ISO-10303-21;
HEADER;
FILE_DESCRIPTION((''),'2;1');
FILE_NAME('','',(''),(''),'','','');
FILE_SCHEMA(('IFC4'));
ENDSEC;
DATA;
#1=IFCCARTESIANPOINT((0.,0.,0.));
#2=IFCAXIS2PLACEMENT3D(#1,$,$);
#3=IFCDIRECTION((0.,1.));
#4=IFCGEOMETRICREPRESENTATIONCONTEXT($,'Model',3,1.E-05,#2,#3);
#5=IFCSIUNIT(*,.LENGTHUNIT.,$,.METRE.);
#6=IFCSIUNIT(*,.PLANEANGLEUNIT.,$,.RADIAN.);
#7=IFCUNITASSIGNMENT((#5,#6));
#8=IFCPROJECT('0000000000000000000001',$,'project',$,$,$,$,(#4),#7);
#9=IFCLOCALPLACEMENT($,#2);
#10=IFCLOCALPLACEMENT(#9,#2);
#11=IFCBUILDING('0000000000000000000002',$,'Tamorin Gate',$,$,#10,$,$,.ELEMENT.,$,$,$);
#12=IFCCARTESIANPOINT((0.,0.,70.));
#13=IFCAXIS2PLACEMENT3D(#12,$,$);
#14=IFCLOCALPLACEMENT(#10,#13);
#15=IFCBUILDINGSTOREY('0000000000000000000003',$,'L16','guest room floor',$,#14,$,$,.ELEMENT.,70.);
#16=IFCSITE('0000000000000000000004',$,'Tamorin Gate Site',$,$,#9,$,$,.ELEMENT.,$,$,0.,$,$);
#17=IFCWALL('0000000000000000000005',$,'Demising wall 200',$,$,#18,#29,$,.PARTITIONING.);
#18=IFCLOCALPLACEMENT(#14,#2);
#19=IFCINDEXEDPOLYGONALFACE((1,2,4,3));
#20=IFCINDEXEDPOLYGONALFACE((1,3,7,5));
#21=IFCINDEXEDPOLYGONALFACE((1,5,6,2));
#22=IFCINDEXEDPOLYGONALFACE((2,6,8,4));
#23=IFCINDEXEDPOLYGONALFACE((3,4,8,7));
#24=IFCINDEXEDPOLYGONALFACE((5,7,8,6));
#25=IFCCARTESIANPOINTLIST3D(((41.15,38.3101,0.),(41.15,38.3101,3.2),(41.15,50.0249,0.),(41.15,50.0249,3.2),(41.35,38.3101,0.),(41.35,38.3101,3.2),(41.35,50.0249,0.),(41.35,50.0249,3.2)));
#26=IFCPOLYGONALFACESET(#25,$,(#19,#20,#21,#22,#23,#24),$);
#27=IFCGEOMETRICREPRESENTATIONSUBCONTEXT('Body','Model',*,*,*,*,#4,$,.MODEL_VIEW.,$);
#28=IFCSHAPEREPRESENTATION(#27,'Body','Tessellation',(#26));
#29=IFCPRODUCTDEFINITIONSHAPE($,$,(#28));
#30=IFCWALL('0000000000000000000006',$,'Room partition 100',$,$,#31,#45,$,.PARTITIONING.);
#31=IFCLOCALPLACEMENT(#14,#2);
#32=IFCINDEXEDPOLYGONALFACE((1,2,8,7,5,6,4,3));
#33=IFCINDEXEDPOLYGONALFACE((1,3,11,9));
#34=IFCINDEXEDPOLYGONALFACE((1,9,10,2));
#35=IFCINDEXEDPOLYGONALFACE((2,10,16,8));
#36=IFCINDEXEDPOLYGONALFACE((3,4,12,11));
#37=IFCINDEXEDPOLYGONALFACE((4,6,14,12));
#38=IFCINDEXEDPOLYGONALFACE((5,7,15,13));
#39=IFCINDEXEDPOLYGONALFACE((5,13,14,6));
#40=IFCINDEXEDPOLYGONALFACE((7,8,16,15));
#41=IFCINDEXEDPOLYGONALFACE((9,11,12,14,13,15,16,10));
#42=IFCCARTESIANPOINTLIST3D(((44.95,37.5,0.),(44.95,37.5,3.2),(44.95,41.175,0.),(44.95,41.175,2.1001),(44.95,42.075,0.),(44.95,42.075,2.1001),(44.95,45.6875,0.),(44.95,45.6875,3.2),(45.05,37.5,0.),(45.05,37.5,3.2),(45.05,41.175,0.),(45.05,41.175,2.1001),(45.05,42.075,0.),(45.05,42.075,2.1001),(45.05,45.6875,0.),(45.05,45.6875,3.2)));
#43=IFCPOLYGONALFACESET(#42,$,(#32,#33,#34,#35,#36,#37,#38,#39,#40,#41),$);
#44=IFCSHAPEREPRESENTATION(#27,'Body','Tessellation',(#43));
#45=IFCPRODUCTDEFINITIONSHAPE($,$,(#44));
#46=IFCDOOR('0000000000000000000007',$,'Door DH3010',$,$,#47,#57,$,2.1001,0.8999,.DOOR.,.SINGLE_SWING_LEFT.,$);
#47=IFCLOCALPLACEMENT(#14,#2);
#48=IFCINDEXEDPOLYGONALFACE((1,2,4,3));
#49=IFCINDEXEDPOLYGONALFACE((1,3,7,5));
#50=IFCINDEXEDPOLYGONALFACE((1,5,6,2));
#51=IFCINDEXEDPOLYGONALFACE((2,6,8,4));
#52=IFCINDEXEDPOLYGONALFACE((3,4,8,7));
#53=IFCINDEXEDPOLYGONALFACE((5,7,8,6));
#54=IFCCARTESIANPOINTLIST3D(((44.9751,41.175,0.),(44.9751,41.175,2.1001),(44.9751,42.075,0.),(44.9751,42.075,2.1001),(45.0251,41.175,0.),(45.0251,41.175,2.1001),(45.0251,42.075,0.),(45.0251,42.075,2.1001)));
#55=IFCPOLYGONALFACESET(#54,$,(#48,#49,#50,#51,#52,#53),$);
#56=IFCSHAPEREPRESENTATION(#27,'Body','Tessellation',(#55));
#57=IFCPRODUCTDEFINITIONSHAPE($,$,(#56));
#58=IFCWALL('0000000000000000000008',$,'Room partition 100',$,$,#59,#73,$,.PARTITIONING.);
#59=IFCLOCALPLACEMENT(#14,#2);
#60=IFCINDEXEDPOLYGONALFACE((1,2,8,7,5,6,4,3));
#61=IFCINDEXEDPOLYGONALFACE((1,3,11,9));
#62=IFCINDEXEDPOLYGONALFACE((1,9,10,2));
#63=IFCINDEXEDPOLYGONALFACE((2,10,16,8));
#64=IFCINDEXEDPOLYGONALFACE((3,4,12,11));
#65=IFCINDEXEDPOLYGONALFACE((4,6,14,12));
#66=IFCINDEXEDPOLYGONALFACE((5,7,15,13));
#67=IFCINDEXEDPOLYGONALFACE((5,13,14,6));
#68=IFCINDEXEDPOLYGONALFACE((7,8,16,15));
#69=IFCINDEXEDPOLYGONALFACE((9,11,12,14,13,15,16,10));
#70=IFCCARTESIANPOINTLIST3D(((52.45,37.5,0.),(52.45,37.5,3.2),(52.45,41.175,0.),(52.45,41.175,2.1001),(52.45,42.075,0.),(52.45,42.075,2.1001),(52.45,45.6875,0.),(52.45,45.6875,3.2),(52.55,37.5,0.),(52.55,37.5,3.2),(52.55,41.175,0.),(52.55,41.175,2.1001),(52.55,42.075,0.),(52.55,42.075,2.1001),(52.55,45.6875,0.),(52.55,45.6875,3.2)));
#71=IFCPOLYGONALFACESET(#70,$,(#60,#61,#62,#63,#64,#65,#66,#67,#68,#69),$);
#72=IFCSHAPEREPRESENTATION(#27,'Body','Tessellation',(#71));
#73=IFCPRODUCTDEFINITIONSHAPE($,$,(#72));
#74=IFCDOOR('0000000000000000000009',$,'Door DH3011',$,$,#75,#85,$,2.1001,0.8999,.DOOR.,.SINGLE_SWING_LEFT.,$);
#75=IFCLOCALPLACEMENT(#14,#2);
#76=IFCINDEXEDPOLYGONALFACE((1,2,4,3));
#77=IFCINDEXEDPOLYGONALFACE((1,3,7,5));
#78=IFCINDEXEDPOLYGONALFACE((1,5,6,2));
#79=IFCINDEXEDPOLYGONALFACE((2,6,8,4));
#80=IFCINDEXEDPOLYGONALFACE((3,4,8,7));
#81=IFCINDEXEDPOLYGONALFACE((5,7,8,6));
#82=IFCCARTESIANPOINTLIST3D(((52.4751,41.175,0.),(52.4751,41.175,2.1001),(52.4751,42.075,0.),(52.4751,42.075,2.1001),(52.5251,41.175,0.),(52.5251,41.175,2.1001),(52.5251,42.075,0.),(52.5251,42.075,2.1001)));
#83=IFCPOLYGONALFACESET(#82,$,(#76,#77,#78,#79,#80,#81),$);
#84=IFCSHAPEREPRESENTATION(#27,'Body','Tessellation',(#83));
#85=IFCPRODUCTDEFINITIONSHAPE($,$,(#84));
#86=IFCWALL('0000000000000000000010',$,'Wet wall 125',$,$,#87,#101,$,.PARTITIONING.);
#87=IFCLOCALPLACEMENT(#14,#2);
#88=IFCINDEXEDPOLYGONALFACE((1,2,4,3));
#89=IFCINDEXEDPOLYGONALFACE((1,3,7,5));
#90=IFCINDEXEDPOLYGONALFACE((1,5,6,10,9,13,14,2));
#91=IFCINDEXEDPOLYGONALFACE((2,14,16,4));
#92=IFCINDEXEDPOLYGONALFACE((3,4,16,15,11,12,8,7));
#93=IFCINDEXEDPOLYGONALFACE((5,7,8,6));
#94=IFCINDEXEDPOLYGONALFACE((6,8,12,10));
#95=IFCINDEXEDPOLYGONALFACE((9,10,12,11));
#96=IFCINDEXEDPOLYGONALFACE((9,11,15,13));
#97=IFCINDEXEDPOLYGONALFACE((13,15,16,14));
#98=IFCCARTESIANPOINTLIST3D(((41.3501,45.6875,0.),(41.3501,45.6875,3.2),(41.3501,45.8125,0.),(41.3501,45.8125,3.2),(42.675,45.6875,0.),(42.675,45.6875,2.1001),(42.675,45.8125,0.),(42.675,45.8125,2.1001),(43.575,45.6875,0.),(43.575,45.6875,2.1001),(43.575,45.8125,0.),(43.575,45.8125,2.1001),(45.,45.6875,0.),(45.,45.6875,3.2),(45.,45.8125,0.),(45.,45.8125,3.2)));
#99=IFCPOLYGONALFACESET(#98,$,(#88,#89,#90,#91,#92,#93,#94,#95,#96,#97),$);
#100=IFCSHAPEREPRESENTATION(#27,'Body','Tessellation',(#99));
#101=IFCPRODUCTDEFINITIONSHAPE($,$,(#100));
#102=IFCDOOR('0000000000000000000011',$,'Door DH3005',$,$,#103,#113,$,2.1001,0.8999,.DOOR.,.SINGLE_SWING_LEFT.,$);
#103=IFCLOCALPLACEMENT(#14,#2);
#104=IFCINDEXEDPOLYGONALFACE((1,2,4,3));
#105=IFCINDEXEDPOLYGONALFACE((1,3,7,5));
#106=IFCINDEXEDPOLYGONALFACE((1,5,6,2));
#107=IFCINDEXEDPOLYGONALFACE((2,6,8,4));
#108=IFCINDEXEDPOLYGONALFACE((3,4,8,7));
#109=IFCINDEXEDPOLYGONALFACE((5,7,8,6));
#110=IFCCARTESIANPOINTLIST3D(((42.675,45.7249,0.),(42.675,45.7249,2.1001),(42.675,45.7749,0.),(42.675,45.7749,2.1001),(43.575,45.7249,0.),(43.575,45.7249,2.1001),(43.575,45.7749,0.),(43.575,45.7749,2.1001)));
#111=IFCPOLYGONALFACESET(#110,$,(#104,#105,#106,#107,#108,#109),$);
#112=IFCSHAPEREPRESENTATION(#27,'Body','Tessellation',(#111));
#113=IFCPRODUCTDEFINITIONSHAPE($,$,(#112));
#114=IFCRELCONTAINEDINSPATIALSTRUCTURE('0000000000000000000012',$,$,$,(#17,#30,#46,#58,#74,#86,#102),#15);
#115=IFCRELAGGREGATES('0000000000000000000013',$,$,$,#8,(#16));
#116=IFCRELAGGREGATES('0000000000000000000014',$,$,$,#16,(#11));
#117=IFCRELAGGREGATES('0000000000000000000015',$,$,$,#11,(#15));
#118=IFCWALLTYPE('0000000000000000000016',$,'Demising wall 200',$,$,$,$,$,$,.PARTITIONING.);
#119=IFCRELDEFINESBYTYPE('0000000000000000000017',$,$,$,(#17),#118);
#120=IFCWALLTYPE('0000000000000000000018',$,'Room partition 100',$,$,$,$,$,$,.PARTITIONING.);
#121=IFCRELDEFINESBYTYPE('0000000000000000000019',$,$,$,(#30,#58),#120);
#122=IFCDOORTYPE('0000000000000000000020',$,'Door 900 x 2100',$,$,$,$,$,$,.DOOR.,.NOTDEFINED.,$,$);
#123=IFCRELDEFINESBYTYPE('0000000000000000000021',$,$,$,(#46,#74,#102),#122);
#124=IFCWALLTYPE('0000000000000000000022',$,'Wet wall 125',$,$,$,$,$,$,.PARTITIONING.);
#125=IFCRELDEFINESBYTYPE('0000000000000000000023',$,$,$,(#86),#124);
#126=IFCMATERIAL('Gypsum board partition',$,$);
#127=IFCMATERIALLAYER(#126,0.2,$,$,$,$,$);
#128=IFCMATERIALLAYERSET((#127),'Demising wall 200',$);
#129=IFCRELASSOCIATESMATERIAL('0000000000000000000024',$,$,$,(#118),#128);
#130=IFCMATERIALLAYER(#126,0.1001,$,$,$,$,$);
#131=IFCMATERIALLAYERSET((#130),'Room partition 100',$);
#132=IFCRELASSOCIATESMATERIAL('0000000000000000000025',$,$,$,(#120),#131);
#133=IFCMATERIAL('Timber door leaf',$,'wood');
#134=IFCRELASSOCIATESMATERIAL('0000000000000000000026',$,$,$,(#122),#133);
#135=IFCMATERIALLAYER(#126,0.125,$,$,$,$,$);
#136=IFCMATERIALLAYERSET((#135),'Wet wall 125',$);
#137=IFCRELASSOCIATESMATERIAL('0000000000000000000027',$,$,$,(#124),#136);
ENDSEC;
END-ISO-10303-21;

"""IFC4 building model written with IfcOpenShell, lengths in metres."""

from ifc_helpers import new_model, si_unit, direction, frame, frame_2d, origin, place, context, subcontext, project, spatial, rectangle, extrude, material, layer, layer_set, type_object, element, fill, save


model = new_model("IFC4")

# Units and contexts
model_context = context("Model", 3, precision=1e-05, world=origin(), true_north=direction((0.0, 1.0)))
body_context = subcontext(model_context, "Body", "Model", "MODEL_VIEW")
ifc_project = project(units=[si_unit("LENGTHUNIT", "METRE"), si_unit("PLANEANGLEUNIT", "RADIAN")], contexts=[model_context])

# Site, building, storey
site_placement = place(None, origin())
site = spatial("IfcSite", under=ifc_project, at=site_placement, Name="Tamorin Gate Site", CompositionType="ELEMENT", RefElevation=0.0)
building_placement = place(site_placement, origin())
building = spatial("IfcBuilding", under=site, at=building_placement, Name="Tamorin Gate", CompositionType="ELEMENT")
storey_placement = place(building_placement, frame((0.0, 0.0, 70.0)))
storey = spatial("IfcBuildingStorey", under=building, at=storey_placement, Name="L16", Description="guest room floor", CompositionType="ELEMENT", Elevation=70.0)

# Wall
ifc_material_1 = material(Name="Gypsum board partition")
ifc_layer_1 = layer(ifc_material_1, 0.2)
ifc_layer_set_1 = layer_set([ifc_layer_1], Name="Demising wall 200")
wall_type_1 = type_object("IfcWallType", Name="Demising wall 200", PredefinedType="PARTITIONING", material=ifc_layer_set_1)
wall_1_placement = place(storey_placement, frame((41.25, 38.3101, 0.0), z_axis=(0.0, 0.0, 1.0), x_axis=(0.0, 1.0, 0.0)))
element("IfcWall", 1, at=wall_1_placement, inside=storey, type_object=wall_type_1, Name="Demising wall 200", PredefinedType="PARTITIONING", context=body_context, shape_type="SweptSolid", body=[
    extrude(rectangle(XDim=11.7148, YDim=0.2, at=frame_2d((5.8574, 0.0))), origin(), (0.0, 0.0, 1.0), 3.2),
])

# Walls, openings, doors
ifc_layer_2 = layer(ifc_material_1, 0.1001)
ifc_layer_set_2 = layer_set([ifc_layer_2], Name="Room partition 100")
wall_type_2 = type_object("IfcWallType", Name="Room partition 100", PredefinedType="PARTITIONING", material=ifc_layer_set_2)
wall_2_placement = place(storey_placement, frame((45.0, 37.5, 0.0), z_axis=(0.0, 0.0, 1.0), x_axis=(0.0, 1.0, 0.0)))
wall_2 = element("IfcWall", 2, at=wall_2_placement, inside=storey, type_object=wall_type_2, Name="Room partition 100", PredefinedType="PARTITIONING", context=body_context, shape_type="SweptSolid", body=[
    extrude(rectangle(XDim=8.1875, YDim=0.1001, at=frame_2d((4.0938, 0.0))), origin(), (0.0, 0.0, 1.0), 3.2),
])
opening_1_placement = place(wall_2_placement, frame((3.675, 0.0, 0.0)))
opening_1 = element("IfcOpeningElement", 3, at=opening_1_placement, cuts=wall_2, PredefinedType="OPENING", context=body_context, shape_type="SweptSolid", body=[
    extrude(rectangle(XDim=0.8999, YDim=2.1001, at=frame_2d((0.45, 1.05))), frame((0.0, 0.0601, 0.0), z_axis=(0.0, -1.0, 0.0), x_axis=(1.0, 0.0, 0.0)), (0.0, 0.0, 1.0), 0.1201),
])
ifc_material_2 = material(Name="Timber door leaf", Category="wood")
door_type = type_object("IfcDoorType", Name="Door 900 x 2100", OperationType="NOTDEFINED", PredefinedType="DOOR", material=ifc_material_2)
door_1_placement = place(opening_1_placement, origin())
door_1 = element("IfcDoor", 4, at=door_1_placement, inside=storey, type_object=door_type, Name="Door DH3010", OperationType="SINGLE_SWING_LEFT", OverallHeight=2.1001, OverallWidth=0.8999, PredefinedType="DOOR", context=body_context, shape_type="SweptSolid", body=[
    extrude(rectangle(XDim=0.8999, YDim=2.1001, at=frame_2d((0.45, 1.05))), frame((0.0, 0.0249, 0.0), z_axis=(0.0, -1.0, 0.0), x_axis=(1.0, 0.0, 0.0)), (0.0, 0.0, 1.0), 0.05),
])
fill(opening_1, door_1)
wall_3_placement = place(storey_placement, frame((52.5, 37.5, 0.0), z_axis=(0.0, 0.0, 1.0), x_axis=(0.0, 1.0, 0.0)))
wall_3 = element("IfcWall", 5, at=wall_3_placement, inside=storey, type_object=wall_type_2, Name="Room partition 100", PredefinedType="PARTITIONING", context=body_context, shape_type="SweptSolid", body=[
    extrude(rectangle(XDim=8.1875, YDim=0.1001, at=frame_2d((4.0938, 0.0))), origin(), (0.0, 0.0, 1.0), 3.2),
])
opening_2_placement = place(wall_3_placement, frame((3.675, 0.0, 0.0)))
opening_2 = element("IfcOpeningElement", 6, at=opening_2_placement, cuts=wall_3, PredefinedType="OPENING", context=body_context, shape_type="SweptSolid", body=[
    extrude(rectangle(XDim=0.8999, YDim=2.1001, at=frame_2d((0.45, 1.05))), frame((0.0, 0.0601, 0.0), z_axis=(0.0, -1.0, 0.0), x_axis=(1.0, 0.0, 0.0)), (0.0, 0.0, 1.0), 0.1201),
])
door_2_placement = place(opening_2_placement, origin())
door_2 = element("IfcDoor", 7, at=door_2_placement, inside=storey, type_object=door_type, Name="Door DH3011", OperationType="SINGLE_SWING_LEFT", OverallHeight=2.1001, OverallWidth=0.8999, PredefinedType="DOOR", context=body_context, shape_type="SweptSolid", body=[
    extrude(rectangle(XDim=0.8999, YDim=2.1001, at=frame_2d((0.45, 1.05))), frame((0.0, 0.0249, 0.0), z_axis=(0.0, -1.0, 0.0), x_axis=(1.0, 0.0, 0.0)), (0.0, 0.0, 1.0), 0.05),
])
fill(opening_2, door_2)
ifc_layer_3 = layer(ifc_material_1, 0.125)
ifc_layer_set_3 = layer_set([ifc_layer_3], Name="Wet wall 125")
wall_type_3 = type_object("IfcWallType", Name="Wet wall 125", PredefinedType="PARTITIONING", material=ifc_layer_set_3)
wall_4_placement = place(storey_placement, frame((41.3501, 45.75, 0.0), z_axis=(0.0, 0.0, 1.0), x_axis=(1.0, 0.0, 0.0)))
wall_4 = element("IfcWall", 8, at=wall_4_placement, inside=storey, type_object=wall_type_3, Name="Wet wall 125", PredefinedType="PARTITIONING", context=body_context, shape_type="SweptSolid", body=[
    extrude(rectangle(XDim=3.6499, YDim=0.125, at=frame_2d((1.825, 0.0))), origin(), (0.0, 0.0, 1.0), 3.2),
])
opening_3_placement = place(wall_4_placement, frame((1.325, 0.0, 0.0)))
opening_3 = element("IfcOpeningElement", 9, at=opening_3_placement, cuts=wall_4, PredefinedType="OPENING", context=body_context, shape_type="SweptSolid", body=[
    extrude(rectangle(XDim=0.8999, YDim=2.1001, at=frame_2d((0.45, 1.05))), frame((0.0, 0.0725, 0.0), z_axis=(0.0, -1.0, 0.0), x_axis=(1.0, 0.0, 0.0)), (0.0, 0.0, 1.0), 0.145),
])
door_3_placement = place(opening_3_placement, origin())
door_3 = element("IfcDoor", 10, at=door_3_placement, inside=storey, type_object=door_type, Name="Door DH3005", OperationType="SINGLE_SWING_LEFT", OverallHeight=2.1001, OverallWidth=0.8999, PredefinedType="DOOR", context=body_context, shape_type="SweptSolid", body=[
    extrude(rectangle(XDim=0.8999, YDim=2.1001, at=frame_2d((0.45, 1.05))), frame((0.0, 0.0249, 0.0), z_axis=(0.0, -1.0, 0.0), x_axis=(1.0, 0.0, 0.0)), (0.0, 0.0, 1.0), 0.05),
])
fill(opening_3, door_3)

save(model, "model.ifc")
